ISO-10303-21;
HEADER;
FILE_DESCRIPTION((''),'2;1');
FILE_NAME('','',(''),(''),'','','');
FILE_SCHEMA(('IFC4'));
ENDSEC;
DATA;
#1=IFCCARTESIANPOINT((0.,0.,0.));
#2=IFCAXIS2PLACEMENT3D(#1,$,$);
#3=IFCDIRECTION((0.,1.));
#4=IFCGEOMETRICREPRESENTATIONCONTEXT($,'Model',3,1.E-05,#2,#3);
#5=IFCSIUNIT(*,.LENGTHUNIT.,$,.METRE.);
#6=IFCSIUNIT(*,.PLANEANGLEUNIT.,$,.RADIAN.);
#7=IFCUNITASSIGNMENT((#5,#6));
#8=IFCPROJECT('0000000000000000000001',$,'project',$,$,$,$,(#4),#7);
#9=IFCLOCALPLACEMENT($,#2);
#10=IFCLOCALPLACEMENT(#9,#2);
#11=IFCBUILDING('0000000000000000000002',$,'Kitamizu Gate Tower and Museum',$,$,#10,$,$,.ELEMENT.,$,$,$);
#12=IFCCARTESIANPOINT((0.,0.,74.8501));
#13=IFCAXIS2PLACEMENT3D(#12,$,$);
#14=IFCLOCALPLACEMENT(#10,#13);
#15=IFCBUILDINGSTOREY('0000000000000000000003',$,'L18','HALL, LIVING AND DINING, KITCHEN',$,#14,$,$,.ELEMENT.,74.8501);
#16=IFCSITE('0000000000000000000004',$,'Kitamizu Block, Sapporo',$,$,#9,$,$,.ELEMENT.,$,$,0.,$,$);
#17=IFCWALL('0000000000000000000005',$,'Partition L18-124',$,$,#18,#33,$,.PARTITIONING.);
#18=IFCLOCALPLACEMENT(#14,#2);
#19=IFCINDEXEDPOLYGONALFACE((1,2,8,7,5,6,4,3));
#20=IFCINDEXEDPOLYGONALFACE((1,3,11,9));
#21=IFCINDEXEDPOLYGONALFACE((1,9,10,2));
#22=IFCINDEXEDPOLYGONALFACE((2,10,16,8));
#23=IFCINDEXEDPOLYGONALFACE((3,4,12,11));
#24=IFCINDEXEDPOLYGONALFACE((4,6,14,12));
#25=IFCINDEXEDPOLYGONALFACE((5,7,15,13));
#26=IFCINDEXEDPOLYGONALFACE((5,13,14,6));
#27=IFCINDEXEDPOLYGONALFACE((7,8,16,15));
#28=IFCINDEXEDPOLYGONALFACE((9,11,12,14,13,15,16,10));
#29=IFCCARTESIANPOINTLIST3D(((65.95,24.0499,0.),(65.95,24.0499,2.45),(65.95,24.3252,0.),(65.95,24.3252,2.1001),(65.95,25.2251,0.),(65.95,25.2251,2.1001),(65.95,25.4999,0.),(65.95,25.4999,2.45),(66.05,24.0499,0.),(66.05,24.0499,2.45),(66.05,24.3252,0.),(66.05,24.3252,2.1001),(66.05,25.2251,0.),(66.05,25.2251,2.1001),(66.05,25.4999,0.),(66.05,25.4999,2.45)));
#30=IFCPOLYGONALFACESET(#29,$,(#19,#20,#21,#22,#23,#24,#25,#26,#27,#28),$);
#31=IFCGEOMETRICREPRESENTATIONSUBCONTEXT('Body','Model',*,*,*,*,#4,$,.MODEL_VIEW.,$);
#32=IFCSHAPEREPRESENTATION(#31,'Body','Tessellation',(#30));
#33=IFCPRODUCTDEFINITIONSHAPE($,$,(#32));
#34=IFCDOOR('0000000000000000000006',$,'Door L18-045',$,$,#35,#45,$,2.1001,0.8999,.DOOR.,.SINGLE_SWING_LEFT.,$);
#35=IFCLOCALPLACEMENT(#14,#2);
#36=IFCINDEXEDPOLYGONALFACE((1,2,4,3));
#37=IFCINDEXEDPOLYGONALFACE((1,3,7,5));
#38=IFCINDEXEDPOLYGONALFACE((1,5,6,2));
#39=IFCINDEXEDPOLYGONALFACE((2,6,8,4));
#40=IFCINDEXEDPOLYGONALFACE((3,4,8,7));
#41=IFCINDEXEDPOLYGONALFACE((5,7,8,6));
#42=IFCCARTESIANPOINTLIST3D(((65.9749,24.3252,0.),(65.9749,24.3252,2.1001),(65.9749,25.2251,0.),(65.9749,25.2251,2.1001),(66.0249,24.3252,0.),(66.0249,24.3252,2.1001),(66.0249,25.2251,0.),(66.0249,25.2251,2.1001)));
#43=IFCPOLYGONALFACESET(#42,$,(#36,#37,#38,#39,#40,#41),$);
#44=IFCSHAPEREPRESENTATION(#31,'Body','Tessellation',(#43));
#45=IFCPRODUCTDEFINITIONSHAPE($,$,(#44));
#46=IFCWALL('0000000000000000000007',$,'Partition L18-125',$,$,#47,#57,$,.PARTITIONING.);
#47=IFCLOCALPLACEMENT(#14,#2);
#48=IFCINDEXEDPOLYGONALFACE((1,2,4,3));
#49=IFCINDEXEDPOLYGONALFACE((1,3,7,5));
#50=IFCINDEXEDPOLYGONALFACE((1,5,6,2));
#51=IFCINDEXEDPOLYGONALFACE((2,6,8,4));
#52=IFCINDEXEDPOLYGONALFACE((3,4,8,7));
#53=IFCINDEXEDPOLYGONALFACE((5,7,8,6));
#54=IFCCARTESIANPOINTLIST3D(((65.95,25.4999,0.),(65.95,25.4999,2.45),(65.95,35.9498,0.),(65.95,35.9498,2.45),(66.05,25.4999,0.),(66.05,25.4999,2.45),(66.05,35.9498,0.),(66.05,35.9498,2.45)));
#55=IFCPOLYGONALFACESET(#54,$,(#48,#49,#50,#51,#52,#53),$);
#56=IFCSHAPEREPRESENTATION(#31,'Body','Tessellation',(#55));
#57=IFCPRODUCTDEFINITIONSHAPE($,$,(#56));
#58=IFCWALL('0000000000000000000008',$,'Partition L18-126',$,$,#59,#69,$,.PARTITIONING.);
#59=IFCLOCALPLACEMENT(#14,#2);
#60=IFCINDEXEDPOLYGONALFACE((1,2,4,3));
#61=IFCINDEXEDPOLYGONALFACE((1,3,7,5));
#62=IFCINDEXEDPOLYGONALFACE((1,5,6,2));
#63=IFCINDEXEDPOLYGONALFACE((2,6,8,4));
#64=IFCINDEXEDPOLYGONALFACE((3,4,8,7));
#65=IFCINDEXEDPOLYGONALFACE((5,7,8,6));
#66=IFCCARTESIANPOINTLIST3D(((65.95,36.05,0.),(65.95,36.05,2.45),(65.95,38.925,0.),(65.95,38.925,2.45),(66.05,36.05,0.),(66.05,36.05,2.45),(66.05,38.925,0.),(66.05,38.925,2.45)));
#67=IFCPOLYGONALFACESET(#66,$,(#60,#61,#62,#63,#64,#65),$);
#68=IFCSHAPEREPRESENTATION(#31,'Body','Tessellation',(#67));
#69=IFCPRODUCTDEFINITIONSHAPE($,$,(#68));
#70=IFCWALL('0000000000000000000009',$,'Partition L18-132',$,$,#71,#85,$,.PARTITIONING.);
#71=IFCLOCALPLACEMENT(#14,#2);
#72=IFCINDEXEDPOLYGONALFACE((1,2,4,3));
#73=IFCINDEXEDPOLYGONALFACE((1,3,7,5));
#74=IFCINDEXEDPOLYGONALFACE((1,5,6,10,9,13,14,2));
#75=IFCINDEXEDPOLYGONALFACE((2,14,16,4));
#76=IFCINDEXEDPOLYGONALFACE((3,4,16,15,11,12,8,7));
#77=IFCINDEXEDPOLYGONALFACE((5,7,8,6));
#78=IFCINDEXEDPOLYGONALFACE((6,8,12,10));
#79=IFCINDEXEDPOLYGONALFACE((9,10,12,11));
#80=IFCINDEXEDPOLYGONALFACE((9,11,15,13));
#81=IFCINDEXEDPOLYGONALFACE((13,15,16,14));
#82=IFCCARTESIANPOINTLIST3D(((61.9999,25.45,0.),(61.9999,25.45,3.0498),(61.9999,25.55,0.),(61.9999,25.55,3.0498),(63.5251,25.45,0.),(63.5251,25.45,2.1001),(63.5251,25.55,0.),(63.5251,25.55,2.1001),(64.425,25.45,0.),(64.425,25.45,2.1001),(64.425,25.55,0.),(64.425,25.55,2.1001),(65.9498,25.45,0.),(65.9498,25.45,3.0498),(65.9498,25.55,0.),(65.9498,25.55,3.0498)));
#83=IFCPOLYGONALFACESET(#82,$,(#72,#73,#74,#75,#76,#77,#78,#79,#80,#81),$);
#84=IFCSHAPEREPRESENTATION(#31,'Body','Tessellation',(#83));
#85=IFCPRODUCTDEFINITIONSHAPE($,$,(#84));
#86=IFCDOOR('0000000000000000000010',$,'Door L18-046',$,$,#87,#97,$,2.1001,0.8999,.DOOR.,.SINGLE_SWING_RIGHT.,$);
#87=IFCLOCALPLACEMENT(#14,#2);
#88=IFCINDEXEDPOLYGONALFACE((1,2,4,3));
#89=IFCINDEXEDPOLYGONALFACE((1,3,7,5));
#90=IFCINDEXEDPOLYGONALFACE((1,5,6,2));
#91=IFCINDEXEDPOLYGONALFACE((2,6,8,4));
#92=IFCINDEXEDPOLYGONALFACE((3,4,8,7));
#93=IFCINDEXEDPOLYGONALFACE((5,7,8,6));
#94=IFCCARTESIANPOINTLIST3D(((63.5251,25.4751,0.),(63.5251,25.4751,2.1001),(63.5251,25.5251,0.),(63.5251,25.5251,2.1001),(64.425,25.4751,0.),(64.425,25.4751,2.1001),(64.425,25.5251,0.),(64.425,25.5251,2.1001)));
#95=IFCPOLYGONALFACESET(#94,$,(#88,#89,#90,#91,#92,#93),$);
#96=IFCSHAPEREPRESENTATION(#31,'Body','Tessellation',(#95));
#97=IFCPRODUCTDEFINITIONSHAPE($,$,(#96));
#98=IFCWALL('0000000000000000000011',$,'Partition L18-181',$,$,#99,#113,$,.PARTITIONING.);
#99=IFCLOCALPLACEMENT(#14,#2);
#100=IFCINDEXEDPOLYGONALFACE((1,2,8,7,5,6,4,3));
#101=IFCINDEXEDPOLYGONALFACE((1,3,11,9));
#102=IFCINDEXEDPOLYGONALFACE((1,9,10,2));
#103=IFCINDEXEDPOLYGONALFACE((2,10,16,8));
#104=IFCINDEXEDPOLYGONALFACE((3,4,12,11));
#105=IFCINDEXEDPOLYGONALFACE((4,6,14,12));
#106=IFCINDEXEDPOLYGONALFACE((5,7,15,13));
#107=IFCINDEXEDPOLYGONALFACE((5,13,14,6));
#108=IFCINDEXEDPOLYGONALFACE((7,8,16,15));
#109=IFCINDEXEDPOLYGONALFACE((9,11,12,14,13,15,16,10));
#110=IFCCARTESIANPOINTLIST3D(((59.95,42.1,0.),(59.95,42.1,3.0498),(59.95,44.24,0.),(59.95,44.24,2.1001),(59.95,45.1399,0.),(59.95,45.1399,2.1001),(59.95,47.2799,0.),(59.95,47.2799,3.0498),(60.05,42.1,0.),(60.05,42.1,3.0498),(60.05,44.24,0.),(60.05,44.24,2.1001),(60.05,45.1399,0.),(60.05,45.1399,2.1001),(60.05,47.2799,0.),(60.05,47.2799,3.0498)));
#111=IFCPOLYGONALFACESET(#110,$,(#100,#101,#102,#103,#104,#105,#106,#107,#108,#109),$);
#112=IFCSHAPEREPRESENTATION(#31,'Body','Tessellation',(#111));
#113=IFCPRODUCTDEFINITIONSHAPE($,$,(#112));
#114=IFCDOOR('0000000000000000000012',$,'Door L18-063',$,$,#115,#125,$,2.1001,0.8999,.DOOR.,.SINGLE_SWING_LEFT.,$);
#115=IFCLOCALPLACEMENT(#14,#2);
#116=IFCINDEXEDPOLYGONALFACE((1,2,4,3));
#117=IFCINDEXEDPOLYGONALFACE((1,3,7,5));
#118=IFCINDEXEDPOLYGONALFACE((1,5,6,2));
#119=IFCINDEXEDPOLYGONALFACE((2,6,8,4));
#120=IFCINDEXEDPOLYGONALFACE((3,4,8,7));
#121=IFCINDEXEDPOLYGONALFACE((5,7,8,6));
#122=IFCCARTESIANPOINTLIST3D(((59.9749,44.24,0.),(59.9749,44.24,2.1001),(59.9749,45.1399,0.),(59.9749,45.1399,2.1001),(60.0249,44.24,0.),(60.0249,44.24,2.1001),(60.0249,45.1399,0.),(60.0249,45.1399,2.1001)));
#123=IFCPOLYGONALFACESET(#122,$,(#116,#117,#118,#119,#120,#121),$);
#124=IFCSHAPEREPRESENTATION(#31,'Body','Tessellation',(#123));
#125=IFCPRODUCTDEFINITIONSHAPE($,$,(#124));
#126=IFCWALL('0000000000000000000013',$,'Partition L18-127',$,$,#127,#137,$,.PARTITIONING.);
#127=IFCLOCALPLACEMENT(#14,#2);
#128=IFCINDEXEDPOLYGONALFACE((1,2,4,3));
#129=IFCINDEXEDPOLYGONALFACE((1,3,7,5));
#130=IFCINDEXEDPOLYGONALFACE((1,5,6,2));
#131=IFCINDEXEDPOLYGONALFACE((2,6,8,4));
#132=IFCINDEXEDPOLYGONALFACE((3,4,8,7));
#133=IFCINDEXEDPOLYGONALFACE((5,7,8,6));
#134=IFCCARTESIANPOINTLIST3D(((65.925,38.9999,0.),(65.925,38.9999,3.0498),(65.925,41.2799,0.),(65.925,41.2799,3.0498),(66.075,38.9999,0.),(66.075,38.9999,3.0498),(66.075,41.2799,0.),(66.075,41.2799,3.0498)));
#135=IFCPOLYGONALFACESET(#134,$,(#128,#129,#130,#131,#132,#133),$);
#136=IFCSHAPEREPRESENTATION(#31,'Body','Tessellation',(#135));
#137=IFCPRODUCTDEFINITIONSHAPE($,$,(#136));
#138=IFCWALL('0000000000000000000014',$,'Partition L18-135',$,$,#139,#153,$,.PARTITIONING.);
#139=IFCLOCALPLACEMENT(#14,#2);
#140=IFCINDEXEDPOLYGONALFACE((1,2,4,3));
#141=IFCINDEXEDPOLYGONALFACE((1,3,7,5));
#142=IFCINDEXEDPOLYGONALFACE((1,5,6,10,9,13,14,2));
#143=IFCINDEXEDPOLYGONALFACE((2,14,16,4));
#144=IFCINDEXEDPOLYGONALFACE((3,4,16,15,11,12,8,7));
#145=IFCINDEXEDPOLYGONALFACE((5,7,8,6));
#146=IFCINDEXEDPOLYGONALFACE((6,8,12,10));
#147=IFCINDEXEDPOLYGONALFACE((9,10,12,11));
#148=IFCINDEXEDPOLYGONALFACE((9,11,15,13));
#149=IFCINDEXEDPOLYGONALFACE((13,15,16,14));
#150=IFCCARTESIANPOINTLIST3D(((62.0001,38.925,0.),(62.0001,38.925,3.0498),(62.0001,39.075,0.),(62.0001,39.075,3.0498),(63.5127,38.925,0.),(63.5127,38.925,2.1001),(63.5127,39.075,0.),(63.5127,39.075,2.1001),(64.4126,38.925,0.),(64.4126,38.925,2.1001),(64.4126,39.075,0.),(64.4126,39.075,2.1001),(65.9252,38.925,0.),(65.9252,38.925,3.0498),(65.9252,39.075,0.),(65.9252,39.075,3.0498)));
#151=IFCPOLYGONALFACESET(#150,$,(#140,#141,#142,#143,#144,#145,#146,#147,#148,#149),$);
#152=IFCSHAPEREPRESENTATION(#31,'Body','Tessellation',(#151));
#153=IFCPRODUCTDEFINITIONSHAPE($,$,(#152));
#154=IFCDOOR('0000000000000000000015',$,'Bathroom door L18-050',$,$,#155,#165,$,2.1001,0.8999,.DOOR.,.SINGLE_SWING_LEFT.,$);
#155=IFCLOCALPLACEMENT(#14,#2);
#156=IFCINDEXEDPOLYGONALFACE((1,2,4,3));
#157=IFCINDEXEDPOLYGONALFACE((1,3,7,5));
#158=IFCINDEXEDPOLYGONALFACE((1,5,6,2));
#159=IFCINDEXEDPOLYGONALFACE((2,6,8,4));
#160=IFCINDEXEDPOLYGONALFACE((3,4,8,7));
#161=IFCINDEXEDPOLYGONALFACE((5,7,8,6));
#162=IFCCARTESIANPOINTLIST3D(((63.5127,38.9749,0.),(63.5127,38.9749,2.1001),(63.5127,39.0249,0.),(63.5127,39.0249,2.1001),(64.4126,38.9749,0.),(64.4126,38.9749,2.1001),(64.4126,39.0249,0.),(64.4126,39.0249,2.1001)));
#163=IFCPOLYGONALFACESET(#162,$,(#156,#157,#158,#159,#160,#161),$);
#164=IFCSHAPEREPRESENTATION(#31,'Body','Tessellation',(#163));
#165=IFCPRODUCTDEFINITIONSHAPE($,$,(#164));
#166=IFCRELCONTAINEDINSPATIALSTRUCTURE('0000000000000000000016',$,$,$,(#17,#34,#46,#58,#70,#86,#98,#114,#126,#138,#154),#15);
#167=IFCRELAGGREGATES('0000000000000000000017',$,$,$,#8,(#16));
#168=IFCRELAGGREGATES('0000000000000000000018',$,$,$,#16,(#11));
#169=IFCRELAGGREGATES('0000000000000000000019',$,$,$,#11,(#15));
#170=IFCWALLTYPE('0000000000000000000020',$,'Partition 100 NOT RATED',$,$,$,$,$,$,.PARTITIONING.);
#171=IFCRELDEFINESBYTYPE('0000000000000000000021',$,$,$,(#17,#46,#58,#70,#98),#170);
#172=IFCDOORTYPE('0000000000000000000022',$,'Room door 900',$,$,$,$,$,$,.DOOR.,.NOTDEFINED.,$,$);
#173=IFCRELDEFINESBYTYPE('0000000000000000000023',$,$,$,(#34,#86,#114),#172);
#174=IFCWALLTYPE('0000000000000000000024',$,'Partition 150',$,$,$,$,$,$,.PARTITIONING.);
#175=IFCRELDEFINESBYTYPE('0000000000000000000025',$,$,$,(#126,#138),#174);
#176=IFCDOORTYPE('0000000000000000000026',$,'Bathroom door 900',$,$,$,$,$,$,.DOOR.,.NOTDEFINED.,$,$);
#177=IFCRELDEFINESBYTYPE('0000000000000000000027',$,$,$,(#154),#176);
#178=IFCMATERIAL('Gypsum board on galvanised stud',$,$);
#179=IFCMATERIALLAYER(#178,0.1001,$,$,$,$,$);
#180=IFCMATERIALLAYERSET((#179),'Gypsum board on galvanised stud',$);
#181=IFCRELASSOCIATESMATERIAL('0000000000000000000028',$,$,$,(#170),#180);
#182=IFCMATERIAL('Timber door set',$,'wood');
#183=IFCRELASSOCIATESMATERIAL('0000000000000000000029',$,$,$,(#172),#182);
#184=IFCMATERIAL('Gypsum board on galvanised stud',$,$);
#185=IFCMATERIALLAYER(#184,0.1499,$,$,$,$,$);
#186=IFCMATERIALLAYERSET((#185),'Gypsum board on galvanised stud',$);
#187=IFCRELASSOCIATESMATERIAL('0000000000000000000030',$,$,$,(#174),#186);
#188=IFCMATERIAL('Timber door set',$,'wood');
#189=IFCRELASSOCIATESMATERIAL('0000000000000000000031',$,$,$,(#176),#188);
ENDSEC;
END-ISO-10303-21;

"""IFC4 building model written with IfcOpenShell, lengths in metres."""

from ifc_helpers import new_model, si_unit, direction, frame, frame_2d, origin, place, context, subcontext, project, spatial, rectangle, extrude, material, layer, layer_set, type_object, element, fill, save


model = new_model("IFC4")

# Units and contexts
model_context = context("Model", 3, precision=1e-05, world=origin(), true_north=direction((0.0, 1.0)))
body_context = subcontext(model_context, "Body", "Model", "MODEL_VIEW")
ifc_project = project(units=[si_unit("LENGTHUNIT", "METRE"), si_unit("PLANEANGLEUNIT", "RADIAN")], contexts=[model_context])

# Site, building, storey
site_placement = place(None, origin())
site = spatial("IfcSite", under=ifc_project, at=site_placement, Name="Kitamizu Block, Sapporo", CompositionType="ELEMENT", RefElevation=0.0)
building_placement = place(site_placement, origin())
building = spatial("IfcBuilding", under=site, at=building_placement, Name="Kitamizu Gate Tower and Museum", CompositionType="ELEMENT")
storey_placement = place(building_placement, frame((0.0, 0.0, 74.8501)))
storey = spatial("IfcBuildingStorey", under=building, at=storey_placement, Name="L18", Description="HALL, LIVING AND DINING, KITCHEN", CompositionType="ELEMENT", Elevation=74.8501)

# Wall, opening, door
ifc_material_1 = material(Name="Gypsum board on galvanised stud")
ifc_layer_1 = layer(ifc_material_1, 0.1001)
ifc_layer_set_1 = layer_set([ifc_layer_1], Name="Gypsum board on galvanised stud")
wall_type_1 = type_object("IfcWallType", Name="Partition 100 NOT RATED", PredefinedType="PARTITIONING", material=ifc_layer_set_1)
ifc_material_2 = material(Name="Timber door set", Category="wood")
door_type_1 = type_object("IfcDoorType", Name="Room door 900", OperationType="NOTDEFINED", PredefinedType="DOOR", material=ifc_material_2)
wall_1_placement = place(storey_placement, frame((66.0, 25.5, 0.0), z_axis=(0.0, 0.0, 1.0), x_axis=(0.0, -1.0, 0.0)))
wall_1 = element("IfcWall", 1, at=wall_1_placement, inside=storey, type_object=wall_type_1, Name="Partition L18-124", PredefinedType="PARTITIONING", context=body_context, shape_type="SweptSolid", body=[
    extrude(rectangle(XDim=1.45, YDim=0.1001, at=frame_2d((0.7251, 0.0))), origin(), (0.0, 0.0, 1.0), 2.45),
])
opening_1_placement = place(wall_1_placement, frame((0.2749, 0.0, 0.0)))
opening_1 = element("IfcOpeningElement", 2, at=opening_1_placement, cuts=wall_1, PredefinedType="OPENING", context=body_context, shape_type="SweptSolid", body=[
    extrude(rectangle(XDim=0.8999, YDim=2.1001, at=frame_2d((0.45, 1.05))), frame((0.0, 0.0601, 0.0), z_axis=(0.0, -1.0, 0.0), x_axis=(1.0, 0.0, 0.0)), (0.0, 0.0, 1.0), 0.1201),
])
door_1_placement = place(opening_1_placement, origin())
door_1 = element("IfcDoor", 3, at=door_1_placement, inside=storey, type_object=door_type_1, Name="Door L18-045", OperationType="SINGLE_SWING_LEFT", OverallHeight=2.1001, OverallWidth=0.8999, PredefinedType="DOOR", context=body_context, shape_type="SweptSolid", body=[
    extrude(rectangle(XDim=0.8999, YDim=2.1001, at=frame_2d((0.45, 1.05))), frame((0.0, 0.0249, 0.0), z_axis=(0.0, -1.0, 0.0), x_axis=(1.0, 0.0, 0.0)), (0.0, 0.0, 1.0), 0.05),
])
fill(opening_1, door_1)

# Walls
wall_2_placement = place(storey_placement, frame((66.0, 35.95, 0.0), z_axis=(0.0, 0.0, 1.0), x_axis=(0.0, -1.0, 0.0)))
element("IfcWall", 4, at=wall_2_placement, inside=storey, type_object=wall_type_1, Name="Partition L18-125", PredefinedType="PARTITIONING", context=body_context, shape_type="SweptSolid", body=[
    extrude(rectangle(XDim=10.45, YDim=0.1001, at=frame_2d((5.2251, 0.0))), origin(), (0.0, 0.0, 1.0), 2.45),
])
wall_3_placement = place(storey_placement, frame((66.0, 38.925, 0.0), z_axis=(0.0, 0.0, 1.0), x_axis=(0.0, -1.0, 0.0)))
element("IfcWall", 5, at=wall_3_placement, inside=storey, type_object=wall_type_1, Name="Partition L18-126", PredefinedType="PARTITIONING", context=body_context, shape_type="SweptSolid", body=[
    extrude(rectangle(XDim=2.875, YDim=0.1001, at=frame_2d((1.4375, 0.0))), origin(), (0.0, 0.0, 1.0), 2.45),
])

# Walls, openings, doors
wall_4_placement = place(storey_placement, frame((65.95, 25.5, 0.0), z_axis=(0.0, 0.0, 1.0), x_axis=(-1.0, 0.0, 0.0)))
wall_4 = element("IfcWall", 6, at=wall_4_placement, inside=storey, type_object=wall_type_1, Name="Partition L18-132", PredefinedType="PARTITIONING", context=body_context, shape_type="SweptSolid", body=[
    extrude(rectangle(XDim=3.95, YDim=0.1001, at=frame_2d((1.9751, 0.0))), origin(), (0.0, 0.0, 1.0), 3.0498),
])
opening_2_placement = place(wall_4_placement, frame((1.5249, 0.0, 0.0)))
opening_2 = element("IfcOpeningElement", 7, at=opening_2_placement, cuts=wall_4, PredefinedType="OPENING", context=body_context, shape_type="SweptSolid", body=[
    extrude(rectangle(XDim=0.8999, YDim=2.1001, at=frame_2d((0.45, 1.05))), frame((0.0, 0.0601, 0.0), z_axis=(0.0, -1.0, 0.0), x_axis=(1.0, 0.0, 0.0)), (0.0, 0.0, 1.0), 0.1201),
])
door_2_placement = place(opening_2_placement, origin())
door_2 = element("IfcDoor", 8, at=door_2_placement, inside=storey, type_object=door_type_1, Name="Door L18-046", OperationType="SINGLE_SWING_RIGHT", OverallHeight=2.1001, OverallWidth=0.8999, PredefinedType="DOOR", context=body_context, shape_type="SweptSolid", body=[
    extrude(rectangle(XDim=0.8999, YDim=2.1001, at=frame_2d((0.45, 1.05))), frame((0.0, 0.0249, 0.0), z_axis=(0.0, -1.0, 0.0), x_axis=(1.0, 0.0, 0.0)), (0.0, 0.0, 1.0), 0.05),
])
fill(opening_2, door_2)
wall_5_placement = place(storey_placement, frame((60.0, 42.1001, 0.0), z_axis=(0.0, 0.0, 1.0), x_axis=(0.0, 1.0, 0.0)))
wall_5 = element("IfcWall", 9, at=wall_5_placement, inside=storey, type_object=wall_type_1, Name="Partition L18-181", PredefinedType="PARTITIONING", context=body_context, shape_type="SweptSolid", body=[
    extrude(rectangle(XDim=5.1799, YDim=0.1001, at=frame_2d((2.5898, 0.0))), origin(), (0.0, 0.0, 1.0), 3.0498),
])
opening_3_placement = place(wall_5_placement, frame((2.1399, 0.0, 0.0)))
opening_3 = element("IfcOpeningElement", 10, at=opening_3_placement, cuts=wall_5, PredefinedType="OPENING", context=body_context, shape_type="SweptSolid", body=[
    extrude(rectangle(XDim=0.8999, YDim=2.1001, at=frame_2d((0.45, 1.05))), frame((0.0, 0.0601, 0.0), z_axis=(0.0, -1.0, 0.0), x_axis=(1.0, 0.0, 0.0)), (0.0, 0.0, 1.0), 0.1201),
])
door_3_placement = place(opening_3_placement, frame((0.8999, 0.0, 0.0), x_axis=(-1.0, 0.0, 0.0)))
door_3 = element("IfcDoor", 11, at=door_3_placement, inside=storey, type_object=door_type_1, Name="Door L18-063", OperationType="SINGLE_SWING_LEFT", OverallHeight=2.1001, OverallWidth=0.8999, PredefinedType="DOOR", context=body_context, shape_type="SweptSolid", body=[
    extrude(rectangle(XDim=0.8999, YDim=2.1001, at=frame_2d((0.45, 1.05))), frame((0.0, 0.0249, 0.0), z_axis=(0.0, -1.0, 0.0), x_axis=(1.0, 0.0, 0.0)), (0.0, 0.0, 1.0), 0.05),
])
fill(opening_3, door_3)

# Wall
ifc_material_3 = material(Name="Gypsum board on galvanised stud")
ifc_layer_2 = layer(ifc_material_3, 0.1499)
ifc_layer_set_2 = layer_set([ifc_layer_2], Name="Gypsum board on galvanised stud")
wall_type_2 = type_object("IfcWallType", Name="Partition 150", PredefinedType="PARTITIONING", material=ifc_layer_set_2)
wall_6_placement = place(storey_placement, frame((66.0, 41.28, 0.0), z_axis=(0.0, 0.0, 1.0), x_axis=(0.0, -1.0, 0.0)))
element("IfcWall", 12, at=wall_6_placement, inside=storey, type_object=wall_type_2, Name="Partition L18-127", PredefinedType="PARTITIONING", context=body_context, shape_type="SweptSolid", body=[
    extrude(rectangle(XDim=2.28, YDim=0.1499, at=frame_2d((1.1401, 0.0))), origin(), (0.0, 0.0, 1.0), 3.0498),
])

# Wall, opening, door
wall_7_placement = place(storey_placement, frame((65.925, 39.0, 0.0), z_axis=(0.0, 0.0, 1.0), x_axis=(-1.0, 0.0, 0.0)))
wall_7 = element("IfcWall", 13, at=wall_7_placement, inside=storey, type_object=wall_type_2, Name="Partition L18-135", PredefinedType="PARTITIONING", context=body_context, shape_type="SweptSolid", body=[
    extrude(rectangle(XDim=3.925, YDim=0.1499, at=frame_2d((1.9624, 0.0))), origin(), (0.0, 0.0, 1.0), 3.0498),
])
opening_4_placement = place(wall_7_placement, frame((1.5125, 0.0, 0.0)))
opening_4 = element("IfcOpeningElement", 14, at=opening_4_placement, cuts=wall_7, PredefinedType="OPENING", context=body_context, shape_type="SweptSolid", body=[
    extrude(rectangle(XDim=0.8999, YDim=2.1001, at=frame_2d((0.45, 1.05))), frame((0.0, 0.085, 0.0), z_axis=(0.0, -1.0, 0.0), x_axis=(1.0, 0.0, 0.0)), (0.0, 0.0, 1.0), 0.1699),
])
ifc_material_4 = material(Name="Timber door set", Category="wood")
door_type_2 = type_object("IfcDoorType", Name="Bathroom door 900", OperationType="NOTDEFINED", PredefinedType="DOOR", material=ifc_material_4)
door_4_placement = place(opening_4_placement, frame((0.8999, 0.0, 0.0), x_axis=(-1.0, 0.0, 0.0)))
door_4 = element("IfcDoor", 15, at=door_4_placement, inside=storey, type_object=door_type_2, Name="Bathroom door L18-050", OperationType="SINGLE_SWING_LEFT", OverallHeight=2.1001, OverallWidth=0.8999, PredefinedType="DOOR", context=body_context, shape_type="SweptSolid", body=[
    extrude(rectangle(XDim=0.8999, YDim=2.1001, at=frame_2d((0.45, 1.05))), frame((0.0, 0.0249, 0.0), z_axis=(0.0, -1.0, 0.0), x_axis=(1.0, 0.0, 0.0)), (0.0, 0.0, 1.0), 0.05),
])
fill(opening_4, door_4)

save(model, "model.ifc")
